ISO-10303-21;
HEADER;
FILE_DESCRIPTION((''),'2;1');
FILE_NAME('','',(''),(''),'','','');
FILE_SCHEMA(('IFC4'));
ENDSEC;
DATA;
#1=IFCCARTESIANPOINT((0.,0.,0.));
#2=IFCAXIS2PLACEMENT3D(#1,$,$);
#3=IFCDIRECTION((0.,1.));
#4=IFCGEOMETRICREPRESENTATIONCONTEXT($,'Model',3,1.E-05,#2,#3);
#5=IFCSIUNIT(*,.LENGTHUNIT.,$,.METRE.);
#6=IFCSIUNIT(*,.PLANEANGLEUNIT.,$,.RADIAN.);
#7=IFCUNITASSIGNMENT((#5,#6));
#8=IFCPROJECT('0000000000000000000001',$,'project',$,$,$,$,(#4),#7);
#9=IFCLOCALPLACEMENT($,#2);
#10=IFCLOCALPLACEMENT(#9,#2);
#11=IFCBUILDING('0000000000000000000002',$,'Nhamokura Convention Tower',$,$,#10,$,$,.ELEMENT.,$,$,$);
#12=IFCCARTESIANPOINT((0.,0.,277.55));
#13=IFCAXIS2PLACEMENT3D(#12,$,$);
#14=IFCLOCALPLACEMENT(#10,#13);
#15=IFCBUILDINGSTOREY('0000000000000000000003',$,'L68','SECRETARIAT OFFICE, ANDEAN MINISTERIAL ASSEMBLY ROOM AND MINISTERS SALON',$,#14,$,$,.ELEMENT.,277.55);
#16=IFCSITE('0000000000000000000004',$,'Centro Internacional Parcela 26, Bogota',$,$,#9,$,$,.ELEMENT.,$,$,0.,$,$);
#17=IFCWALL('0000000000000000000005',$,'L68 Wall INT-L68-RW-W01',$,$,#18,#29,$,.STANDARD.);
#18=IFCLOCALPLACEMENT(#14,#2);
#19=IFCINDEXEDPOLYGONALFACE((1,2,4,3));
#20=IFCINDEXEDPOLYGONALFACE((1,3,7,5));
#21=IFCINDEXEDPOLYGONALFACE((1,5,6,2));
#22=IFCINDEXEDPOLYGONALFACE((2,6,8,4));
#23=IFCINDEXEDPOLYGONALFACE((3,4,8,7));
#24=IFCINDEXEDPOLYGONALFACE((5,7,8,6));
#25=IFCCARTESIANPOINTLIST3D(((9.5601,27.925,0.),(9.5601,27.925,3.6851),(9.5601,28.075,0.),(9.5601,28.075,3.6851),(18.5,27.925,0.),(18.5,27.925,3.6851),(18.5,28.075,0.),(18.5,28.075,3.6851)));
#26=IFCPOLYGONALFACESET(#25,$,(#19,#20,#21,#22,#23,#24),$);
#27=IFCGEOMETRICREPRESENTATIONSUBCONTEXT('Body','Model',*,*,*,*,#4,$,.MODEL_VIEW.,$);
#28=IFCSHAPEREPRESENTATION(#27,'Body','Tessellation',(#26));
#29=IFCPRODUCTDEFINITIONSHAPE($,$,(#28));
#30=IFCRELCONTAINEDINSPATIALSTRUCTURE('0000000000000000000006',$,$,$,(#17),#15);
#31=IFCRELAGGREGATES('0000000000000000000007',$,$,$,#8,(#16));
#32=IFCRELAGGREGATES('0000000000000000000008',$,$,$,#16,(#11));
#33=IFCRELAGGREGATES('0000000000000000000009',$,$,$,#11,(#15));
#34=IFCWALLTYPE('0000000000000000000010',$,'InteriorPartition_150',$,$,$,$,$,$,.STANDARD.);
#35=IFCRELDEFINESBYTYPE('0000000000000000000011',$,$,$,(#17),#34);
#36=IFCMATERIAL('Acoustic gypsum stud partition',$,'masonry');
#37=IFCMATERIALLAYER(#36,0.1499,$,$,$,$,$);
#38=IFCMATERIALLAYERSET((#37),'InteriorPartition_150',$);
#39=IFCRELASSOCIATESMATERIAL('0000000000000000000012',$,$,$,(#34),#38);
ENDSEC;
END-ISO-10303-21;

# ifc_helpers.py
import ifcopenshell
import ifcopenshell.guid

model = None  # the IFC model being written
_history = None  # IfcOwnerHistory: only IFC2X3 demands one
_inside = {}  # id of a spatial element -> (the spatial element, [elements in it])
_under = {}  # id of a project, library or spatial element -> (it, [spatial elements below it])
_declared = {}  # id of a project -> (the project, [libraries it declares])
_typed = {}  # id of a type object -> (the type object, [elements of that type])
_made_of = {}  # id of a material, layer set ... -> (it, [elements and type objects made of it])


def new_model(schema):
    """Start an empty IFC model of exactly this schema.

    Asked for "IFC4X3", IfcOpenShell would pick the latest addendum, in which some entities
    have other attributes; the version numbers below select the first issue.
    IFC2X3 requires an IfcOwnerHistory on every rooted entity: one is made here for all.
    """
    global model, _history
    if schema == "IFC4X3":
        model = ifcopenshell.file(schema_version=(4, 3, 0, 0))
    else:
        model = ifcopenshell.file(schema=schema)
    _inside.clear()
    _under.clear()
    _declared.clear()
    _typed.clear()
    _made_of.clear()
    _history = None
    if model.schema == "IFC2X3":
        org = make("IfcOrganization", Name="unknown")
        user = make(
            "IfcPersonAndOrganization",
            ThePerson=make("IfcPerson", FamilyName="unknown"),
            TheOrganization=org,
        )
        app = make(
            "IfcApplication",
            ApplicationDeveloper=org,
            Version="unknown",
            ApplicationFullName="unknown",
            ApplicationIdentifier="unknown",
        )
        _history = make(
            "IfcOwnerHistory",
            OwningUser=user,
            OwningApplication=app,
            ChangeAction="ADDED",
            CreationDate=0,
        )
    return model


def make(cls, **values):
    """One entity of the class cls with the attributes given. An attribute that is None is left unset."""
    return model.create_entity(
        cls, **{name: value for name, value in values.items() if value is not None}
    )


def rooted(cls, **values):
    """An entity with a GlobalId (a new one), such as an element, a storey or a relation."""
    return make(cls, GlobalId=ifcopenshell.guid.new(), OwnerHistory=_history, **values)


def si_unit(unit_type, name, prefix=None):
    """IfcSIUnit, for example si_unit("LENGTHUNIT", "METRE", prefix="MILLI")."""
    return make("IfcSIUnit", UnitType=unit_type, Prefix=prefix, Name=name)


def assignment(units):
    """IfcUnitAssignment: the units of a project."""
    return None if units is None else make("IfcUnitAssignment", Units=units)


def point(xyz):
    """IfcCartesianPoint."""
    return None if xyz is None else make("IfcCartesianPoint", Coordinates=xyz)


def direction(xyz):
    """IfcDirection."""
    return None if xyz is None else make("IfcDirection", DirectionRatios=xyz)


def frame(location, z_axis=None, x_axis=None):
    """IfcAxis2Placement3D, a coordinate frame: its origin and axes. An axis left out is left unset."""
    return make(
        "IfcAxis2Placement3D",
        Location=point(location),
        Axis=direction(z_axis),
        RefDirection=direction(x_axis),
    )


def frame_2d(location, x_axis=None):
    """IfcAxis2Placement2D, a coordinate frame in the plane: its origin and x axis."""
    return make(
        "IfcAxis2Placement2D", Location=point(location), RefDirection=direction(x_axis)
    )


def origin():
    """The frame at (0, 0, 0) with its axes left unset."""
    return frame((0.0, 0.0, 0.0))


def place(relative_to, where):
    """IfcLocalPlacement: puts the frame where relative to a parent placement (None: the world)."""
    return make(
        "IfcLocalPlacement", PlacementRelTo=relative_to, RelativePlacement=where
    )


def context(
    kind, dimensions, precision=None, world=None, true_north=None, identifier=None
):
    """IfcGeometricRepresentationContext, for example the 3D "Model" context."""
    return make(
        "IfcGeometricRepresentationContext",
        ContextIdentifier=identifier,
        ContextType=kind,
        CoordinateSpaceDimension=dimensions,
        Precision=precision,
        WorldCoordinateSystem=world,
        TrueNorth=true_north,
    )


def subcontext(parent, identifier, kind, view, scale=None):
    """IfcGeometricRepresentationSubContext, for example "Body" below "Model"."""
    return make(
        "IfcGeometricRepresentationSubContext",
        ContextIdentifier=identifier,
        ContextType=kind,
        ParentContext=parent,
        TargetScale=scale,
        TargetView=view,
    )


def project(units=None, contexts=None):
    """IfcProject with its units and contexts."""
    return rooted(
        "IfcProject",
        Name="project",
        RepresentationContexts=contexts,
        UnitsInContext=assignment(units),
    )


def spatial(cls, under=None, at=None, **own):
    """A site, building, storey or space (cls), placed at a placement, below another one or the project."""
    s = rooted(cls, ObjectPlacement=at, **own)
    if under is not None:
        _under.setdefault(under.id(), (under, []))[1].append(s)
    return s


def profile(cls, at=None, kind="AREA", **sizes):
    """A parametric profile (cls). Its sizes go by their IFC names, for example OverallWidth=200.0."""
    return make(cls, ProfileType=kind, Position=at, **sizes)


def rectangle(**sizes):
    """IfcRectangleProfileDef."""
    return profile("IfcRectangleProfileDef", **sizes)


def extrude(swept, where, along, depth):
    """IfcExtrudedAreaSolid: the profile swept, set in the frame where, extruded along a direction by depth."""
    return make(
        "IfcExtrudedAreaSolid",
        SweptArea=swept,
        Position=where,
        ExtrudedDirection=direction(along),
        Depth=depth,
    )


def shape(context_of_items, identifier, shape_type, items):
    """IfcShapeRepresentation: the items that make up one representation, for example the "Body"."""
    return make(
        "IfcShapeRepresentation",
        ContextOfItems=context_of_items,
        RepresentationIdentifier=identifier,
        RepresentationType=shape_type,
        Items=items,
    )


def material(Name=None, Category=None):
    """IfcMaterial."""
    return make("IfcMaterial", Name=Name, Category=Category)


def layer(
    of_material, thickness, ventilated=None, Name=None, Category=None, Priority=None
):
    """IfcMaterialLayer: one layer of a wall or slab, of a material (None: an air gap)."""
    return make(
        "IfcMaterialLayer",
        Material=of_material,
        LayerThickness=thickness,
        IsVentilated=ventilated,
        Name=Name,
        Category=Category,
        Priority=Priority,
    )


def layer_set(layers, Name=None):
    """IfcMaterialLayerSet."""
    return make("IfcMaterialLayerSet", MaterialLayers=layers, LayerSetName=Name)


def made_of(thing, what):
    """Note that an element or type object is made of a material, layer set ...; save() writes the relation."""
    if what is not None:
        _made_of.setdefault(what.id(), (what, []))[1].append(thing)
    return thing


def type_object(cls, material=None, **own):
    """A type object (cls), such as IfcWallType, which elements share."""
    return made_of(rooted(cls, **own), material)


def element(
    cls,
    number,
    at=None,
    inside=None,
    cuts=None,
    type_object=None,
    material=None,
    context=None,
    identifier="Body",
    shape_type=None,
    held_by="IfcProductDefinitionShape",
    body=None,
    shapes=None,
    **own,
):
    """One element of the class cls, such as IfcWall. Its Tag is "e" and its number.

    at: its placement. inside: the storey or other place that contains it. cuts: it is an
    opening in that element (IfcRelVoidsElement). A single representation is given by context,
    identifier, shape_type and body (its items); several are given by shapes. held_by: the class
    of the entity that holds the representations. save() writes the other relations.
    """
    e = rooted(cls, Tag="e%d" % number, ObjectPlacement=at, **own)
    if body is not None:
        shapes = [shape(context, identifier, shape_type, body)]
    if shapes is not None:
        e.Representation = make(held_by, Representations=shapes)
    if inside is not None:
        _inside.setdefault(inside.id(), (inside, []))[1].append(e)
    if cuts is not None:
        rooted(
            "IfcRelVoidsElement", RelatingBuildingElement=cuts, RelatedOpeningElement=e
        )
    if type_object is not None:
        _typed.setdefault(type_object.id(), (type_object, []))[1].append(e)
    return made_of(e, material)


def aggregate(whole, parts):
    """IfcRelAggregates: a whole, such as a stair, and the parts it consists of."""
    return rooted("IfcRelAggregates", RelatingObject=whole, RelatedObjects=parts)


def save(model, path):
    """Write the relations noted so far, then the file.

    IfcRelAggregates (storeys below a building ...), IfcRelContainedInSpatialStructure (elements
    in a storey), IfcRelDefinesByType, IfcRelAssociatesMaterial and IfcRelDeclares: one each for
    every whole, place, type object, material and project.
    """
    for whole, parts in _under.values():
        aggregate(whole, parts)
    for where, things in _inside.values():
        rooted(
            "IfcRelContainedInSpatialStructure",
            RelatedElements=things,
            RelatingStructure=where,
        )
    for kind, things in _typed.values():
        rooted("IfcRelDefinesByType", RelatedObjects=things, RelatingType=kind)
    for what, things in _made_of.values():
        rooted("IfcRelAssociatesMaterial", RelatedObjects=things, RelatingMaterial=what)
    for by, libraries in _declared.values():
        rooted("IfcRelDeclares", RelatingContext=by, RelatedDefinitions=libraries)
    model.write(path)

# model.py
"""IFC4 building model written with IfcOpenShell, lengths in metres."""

from ifc_helpers import new_model, si_unit, direction, frame, frame_2d, origin, place, context, subcontext, project, spatial, rectangle, extrude, material, layer, layer_set, type_object, element, save


model = new_model("IFC4")

# Units and contexts
model_context = context("Model", 3, precision=1e-05, world=origin(), true_north=direction((0.0, 1.0)))
body_context = subcontext(model_context, "Body", "Model", "MODEL_VIEW")
ifc_project = project(units=[si_unit("LENGTHUNIT", "METRE"), si_unit("PLANEANGLEUNIT", "RADIAN")], contexts=[model_context])

# Site, building, storey
site_placement = place(None, origin())
site = spatial("IfcSite", under=ifc_project, at=site_placement, Name="Centro Internacional Parcela 26, Bogota", CompositionType="ELEMENT", RefElevation=0.0)
building_placement = place(site_placement, origin())
building = spatial("IfcBuilding", under=site, at=building_placement, Name="Nhamokura Convention Tower", CompositionType="ELEMENT")
storey_placement = place(building_placement, frame((0.0, 0.0, 277.55)))
storey = spatial("IfcBuildingStorey", under=building, at=storey_placement, Name="L68", Description="SECRETARIAT OFFICE, ANDEAN MINISTERIAL ASSEMBLY ROOM AND MINISTERS SALON", CompositionType="ELEMENT", Elevation=277.55)

# Wall
ifc_material_1 = material(Name="Acoustic gypsum stud partition", Category="masonry")
ifc_layer_1 = layer(ifc_material_1, 0.1499)
ifc_layer_set_1 = layer_set([ifc_layer_1], Name="InteriorPartition_150")
wall_type_1 = type_object("IfcWallType", Name="InteriorPartition_150", PredefinedType="STANDARD", material=ifc_layer_set_1)
wall_1_placement = place(storey_placement, frame((9.5601, 28.0, 0.0), z_axis=(0.0, 0.0, 1.0), x_axis=(1.0, 0.0, 0.0)))
element("IfcWall", 1, at=wall_1_placement, inside=storey, type_object=wall_type_1, Name="L68 Wall INT-L68-RW-W01", PredefinedType="STANDARD", context=body_context, shape_type="SweptSolid", body=[
    extrude(rectangle(XDim=8.9399, YDim=0.1499, at=frame_2d((4.47, 0.0))), origin(), (0.0, 0.0, 1.0), 3.6851),
])

save(model, "model.ifc")
